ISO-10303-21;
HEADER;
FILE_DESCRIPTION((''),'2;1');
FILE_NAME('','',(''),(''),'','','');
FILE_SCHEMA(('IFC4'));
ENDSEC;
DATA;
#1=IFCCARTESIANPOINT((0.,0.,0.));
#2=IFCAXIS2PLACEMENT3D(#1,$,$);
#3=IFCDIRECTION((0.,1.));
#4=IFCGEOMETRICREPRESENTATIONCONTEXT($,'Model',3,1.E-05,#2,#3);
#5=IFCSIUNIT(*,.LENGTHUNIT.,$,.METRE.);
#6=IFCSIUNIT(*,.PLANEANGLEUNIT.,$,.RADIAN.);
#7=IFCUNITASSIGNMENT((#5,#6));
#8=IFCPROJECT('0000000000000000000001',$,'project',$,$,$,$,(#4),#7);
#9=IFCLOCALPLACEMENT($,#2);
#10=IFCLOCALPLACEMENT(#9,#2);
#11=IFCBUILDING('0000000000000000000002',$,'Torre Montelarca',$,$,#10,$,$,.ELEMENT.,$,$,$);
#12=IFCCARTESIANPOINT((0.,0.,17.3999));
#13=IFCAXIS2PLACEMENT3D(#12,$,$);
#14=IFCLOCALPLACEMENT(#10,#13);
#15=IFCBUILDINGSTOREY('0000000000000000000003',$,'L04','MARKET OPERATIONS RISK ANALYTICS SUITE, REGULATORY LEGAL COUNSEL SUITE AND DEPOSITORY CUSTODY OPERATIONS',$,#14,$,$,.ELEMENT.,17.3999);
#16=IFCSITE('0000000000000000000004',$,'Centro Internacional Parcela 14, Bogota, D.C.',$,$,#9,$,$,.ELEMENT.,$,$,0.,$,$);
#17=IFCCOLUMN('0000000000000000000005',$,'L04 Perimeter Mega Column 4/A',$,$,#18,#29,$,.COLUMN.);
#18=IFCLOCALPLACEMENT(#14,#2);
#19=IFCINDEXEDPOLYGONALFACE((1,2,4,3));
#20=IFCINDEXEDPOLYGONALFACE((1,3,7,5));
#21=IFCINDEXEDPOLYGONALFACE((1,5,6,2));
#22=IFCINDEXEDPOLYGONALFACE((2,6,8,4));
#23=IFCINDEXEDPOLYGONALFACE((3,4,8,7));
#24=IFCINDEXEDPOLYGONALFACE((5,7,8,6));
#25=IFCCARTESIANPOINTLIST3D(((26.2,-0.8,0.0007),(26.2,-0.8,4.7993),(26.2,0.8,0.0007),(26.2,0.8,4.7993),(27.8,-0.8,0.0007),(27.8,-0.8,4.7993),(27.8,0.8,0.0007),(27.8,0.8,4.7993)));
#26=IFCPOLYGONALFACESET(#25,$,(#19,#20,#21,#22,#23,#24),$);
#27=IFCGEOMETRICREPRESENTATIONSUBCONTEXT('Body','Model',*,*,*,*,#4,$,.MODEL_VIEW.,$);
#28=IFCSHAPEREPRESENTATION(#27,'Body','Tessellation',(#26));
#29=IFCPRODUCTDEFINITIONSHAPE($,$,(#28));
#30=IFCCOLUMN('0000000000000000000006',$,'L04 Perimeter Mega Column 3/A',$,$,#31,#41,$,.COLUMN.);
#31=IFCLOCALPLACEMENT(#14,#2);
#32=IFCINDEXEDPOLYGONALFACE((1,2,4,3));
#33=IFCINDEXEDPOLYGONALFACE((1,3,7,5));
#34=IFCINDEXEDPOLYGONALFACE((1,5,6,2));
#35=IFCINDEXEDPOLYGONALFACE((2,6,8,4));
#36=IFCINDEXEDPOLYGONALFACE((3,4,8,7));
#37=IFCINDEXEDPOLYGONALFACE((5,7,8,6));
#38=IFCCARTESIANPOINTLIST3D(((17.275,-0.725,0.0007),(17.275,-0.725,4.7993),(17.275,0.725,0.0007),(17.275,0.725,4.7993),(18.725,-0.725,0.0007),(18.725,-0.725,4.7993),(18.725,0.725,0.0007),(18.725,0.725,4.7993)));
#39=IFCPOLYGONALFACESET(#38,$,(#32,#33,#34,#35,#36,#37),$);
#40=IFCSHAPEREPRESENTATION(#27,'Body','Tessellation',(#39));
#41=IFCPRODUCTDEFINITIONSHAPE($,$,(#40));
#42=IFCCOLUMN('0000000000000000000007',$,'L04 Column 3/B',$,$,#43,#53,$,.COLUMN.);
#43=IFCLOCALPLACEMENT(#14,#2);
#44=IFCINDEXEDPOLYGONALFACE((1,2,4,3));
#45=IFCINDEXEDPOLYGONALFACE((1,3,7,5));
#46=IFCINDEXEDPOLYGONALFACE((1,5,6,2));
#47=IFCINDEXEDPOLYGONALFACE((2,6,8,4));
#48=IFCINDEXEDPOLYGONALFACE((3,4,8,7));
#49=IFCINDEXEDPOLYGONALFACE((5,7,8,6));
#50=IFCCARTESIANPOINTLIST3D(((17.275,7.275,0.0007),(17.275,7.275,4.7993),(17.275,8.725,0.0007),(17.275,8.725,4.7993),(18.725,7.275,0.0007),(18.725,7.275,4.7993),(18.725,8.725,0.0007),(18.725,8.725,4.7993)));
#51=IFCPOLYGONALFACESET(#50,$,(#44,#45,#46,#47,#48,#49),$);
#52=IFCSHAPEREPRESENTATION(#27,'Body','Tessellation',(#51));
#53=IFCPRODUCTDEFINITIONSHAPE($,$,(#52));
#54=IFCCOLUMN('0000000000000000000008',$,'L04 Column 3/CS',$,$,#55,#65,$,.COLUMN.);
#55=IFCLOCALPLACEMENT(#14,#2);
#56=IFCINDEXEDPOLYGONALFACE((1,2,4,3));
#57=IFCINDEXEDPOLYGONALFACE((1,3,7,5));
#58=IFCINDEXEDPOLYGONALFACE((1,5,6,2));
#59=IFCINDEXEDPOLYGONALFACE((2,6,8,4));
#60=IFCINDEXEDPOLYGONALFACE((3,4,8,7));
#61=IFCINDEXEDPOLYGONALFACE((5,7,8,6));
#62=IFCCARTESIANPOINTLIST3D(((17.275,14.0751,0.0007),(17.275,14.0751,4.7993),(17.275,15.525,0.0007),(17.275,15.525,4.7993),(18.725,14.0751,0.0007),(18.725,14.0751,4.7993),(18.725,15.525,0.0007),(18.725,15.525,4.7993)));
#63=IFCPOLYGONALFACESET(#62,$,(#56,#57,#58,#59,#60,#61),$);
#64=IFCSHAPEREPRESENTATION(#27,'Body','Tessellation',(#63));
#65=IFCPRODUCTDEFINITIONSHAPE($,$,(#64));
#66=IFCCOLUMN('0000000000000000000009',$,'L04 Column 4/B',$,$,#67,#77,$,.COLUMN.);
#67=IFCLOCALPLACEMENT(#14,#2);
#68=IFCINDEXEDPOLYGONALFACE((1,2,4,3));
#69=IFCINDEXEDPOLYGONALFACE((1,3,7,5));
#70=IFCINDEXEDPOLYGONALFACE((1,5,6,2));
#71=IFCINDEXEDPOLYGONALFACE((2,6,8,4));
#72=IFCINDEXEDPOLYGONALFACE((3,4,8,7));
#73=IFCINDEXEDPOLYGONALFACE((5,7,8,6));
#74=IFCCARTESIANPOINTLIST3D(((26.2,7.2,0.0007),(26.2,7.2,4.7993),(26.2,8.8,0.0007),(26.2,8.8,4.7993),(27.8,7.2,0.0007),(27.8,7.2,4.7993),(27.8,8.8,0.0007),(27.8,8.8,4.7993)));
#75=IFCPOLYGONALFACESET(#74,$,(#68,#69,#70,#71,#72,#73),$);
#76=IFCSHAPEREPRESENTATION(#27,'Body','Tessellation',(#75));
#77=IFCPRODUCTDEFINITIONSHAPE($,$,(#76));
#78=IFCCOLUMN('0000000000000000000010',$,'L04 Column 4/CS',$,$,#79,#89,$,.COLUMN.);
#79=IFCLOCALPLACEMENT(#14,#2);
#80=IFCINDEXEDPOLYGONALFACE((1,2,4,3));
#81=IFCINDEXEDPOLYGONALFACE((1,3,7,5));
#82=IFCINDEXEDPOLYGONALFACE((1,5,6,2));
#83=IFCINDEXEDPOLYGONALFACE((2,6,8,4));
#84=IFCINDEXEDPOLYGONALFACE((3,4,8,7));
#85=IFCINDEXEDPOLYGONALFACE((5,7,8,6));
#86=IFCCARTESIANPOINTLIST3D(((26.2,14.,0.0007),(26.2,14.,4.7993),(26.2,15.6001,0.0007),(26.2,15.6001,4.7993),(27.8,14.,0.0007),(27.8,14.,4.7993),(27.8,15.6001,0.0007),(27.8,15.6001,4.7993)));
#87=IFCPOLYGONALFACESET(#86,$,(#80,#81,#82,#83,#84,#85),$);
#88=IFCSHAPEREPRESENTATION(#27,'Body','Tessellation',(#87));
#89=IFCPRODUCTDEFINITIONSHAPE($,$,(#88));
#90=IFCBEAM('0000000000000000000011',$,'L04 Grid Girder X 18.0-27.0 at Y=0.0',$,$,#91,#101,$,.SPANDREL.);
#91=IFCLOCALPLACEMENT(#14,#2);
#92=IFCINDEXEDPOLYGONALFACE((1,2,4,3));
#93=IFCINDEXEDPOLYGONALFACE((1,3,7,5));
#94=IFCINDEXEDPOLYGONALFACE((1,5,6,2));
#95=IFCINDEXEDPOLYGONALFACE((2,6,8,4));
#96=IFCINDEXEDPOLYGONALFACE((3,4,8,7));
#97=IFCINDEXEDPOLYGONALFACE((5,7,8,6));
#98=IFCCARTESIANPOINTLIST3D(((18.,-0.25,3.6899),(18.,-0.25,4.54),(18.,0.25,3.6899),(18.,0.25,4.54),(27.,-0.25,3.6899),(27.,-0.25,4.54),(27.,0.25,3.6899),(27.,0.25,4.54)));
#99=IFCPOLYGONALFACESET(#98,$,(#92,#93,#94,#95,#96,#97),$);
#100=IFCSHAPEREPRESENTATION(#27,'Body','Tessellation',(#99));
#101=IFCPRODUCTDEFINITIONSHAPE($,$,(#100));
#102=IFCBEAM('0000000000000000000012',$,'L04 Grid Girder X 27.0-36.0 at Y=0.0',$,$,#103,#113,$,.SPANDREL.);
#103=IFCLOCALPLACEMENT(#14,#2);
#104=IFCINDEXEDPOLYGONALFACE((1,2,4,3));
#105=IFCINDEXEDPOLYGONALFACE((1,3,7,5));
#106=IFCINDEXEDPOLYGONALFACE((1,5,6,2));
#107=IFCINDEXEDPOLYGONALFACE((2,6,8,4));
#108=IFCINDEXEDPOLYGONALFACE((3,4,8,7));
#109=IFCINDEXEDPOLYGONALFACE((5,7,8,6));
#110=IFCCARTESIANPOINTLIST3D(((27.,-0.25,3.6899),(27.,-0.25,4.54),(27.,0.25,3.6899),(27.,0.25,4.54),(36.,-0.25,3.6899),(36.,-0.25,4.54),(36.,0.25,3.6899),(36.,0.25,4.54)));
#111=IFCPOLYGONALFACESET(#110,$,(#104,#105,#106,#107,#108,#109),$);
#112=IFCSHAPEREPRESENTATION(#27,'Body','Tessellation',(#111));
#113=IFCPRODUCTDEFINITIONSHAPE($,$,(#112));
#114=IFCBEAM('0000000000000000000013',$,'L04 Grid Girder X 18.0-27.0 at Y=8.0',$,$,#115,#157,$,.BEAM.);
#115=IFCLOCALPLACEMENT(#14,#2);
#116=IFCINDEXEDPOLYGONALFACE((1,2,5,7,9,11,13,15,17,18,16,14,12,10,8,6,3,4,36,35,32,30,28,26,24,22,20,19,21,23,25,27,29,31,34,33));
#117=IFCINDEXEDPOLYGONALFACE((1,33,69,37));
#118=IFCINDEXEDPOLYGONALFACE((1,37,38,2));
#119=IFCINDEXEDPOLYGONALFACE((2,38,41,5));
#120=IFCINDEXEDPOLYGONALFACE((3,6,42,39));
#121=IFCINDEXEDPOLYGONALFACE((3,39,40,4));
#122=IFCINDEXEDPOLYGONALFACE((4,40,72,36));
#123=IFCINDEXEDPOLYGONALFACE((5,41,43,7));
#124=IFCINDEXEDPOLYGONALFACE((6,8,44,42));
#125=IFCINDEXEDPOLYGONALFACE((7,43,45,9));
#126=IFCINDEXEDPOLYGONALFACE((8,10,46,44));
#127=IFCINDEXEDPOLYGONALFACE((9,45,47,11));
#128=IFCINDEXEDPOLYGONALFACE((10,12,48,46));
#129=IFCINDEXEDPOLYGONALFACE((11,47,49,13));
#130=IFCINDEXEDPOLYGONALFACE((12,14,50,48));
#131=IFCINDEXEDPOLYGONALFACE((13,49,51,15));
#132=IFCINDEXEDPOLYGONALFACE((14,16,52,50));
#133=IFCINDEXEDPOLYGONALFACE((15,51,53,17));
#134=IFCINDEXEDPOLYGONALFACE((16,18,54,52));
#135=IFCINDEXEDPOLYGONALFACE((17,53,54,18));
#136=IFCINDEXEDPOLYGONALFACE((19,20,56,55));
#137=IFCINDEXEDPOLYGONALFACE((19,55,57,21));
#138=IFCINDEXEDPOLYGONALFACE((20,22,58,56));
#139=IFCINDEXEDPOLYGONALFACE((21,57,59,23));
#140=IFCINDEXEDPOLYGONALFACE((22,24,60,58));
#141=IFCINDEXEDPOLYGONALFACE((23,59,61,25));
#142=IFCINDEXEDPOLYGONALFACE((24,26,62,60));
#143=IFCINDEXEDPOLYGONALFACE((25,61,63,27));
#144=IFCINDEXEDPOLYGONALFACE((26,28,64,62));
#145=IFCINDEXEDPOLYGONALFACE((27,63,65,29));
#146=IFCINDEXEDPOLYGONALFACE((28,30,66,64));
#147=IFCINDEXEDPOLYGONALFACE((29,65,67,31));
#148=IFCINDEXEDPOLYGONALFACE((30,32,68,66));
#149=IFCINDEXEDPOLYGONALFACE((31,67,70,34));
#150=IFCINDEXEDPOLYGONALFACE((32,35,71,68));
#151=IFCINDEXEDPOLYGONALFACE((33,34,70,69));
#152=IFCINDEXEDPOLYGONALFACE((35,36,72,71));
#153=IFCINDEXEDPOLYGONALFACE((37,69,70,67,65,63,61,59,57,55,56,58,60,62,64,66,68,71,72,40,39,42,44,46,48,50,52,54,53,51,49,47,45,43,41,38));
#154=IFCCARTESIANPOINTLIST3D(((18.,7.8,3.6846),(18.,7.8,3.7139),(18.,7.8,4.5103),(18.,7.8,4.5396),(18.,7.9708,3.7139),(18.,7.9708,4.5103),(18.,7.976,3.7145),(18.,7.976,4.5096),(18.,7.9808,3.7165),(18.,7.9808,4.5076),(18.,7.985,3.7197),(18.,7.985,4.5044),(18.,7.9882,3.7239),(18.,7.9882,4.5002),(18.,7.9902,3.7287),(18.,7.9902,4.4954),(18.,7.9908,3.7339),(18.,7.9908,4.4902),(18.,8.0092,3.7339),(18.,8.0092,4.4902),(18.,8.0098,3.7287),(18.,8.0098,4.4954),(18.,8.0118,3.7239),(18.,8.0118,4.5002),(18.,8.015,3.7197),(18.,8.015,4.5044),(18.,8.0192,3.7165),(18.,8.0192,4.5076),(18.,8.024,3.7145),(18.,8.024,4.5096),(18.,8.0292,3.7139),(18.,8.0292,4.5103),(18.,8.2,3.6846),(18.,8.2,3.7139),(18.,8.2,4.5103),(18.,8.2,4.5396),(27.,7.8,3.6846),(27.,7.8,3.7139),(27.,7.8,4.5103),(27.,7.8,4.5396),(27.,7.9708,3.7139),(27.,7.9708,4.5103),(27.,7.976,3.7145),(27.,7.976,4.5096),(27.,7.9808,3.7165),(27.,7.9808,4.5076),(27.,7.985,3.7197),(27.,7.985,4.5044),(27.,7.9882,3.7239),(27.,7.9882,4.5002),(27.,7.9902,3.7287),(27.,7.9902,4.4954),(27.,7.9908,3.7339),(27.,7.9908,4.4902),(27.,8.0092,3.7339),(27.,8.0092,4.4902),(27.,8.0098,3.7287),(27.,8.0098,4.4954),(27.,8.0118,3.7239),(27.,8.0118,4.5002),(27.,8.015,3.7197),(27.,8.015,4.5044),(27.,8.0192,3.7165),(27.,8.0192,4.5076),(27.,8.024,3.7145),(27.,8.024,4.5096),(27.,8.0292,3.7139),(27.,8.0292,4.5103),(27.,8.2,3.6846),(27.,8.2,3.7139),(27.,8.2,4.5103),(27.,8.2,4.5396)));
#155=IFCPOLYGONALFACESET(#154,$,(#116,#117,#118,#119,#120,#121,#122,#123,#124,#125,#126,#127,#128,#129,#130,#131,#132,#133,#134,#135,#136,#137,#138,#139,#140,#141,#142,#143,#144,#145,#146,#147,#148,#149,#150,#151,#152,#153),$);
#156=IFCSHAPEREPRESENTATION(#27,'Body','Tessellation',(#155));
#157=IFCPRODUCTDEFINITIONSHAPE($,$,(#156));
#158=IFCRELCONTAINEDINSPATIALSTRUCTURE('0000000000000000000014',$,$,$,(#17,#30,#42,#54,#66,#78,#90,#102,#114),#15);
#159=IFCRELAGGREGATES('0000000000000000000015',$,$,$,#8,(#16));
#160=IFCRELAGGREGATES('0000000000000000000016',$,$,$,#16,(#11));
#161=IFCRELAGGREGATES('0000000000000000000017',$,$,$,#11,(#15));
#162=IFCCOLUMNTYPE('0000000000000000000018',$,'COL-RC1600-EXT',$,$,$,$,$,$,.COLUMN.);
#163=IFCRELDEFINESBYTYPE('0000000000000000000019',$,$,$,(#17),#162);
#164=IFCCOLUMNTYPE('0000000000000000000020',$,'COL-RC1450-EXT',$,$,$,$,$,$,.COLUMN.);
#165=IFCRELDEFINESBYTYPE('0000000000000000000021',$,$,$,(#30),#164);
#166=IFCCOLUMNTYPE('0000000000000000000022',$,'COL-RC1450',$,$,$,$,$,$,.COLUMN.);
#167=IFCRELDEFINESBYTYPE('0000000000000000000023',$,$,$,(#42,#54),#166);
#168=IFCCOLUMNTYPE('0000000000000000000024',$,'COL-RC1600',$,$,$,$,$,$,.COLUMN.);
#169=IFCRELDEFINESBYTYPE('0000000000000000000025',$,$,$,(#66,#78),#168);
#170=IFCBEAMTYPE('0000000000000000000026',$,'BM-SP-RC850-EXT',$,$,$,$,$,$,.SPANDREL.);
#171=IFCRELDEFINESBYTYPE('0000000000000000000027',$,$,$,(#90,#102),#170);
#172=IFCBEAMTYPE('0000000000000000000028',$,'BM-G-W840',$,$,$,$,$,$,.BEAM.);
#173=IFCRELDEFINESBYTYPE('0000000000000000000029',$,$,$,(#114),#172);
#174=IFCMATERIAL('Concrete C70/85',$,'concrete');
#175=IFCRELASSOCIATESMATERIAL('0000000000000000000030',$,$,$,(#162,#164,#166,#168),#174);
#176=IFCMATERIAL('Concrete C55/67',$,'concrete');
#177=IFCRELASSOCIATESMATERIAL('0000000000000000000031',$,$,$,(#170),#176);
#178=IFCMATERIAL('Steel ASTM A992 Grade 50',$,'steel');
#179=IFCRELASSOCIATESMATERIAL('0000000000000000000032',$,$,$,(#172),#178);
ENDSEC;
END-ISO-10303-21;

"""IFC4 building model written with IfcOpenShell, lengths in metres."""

from ifc_helpers import new_model, si_unit, direction, frame, origin, origin_2d, place, context, subcontext, project, spatial, rectangle, i_section, extrude, source, transform, mapped, material, material_profile, profile_set, type_object, element, save


model = new_model("IFC4")

# Units and contexts
model_context = context("Model", 3, precision=1e-05, world=origin(), true_north=direction((0.0, 1.0)))
body_context = subcontext(model_context, "Body", "Model", "MODEL_VIEW")
ifc_project = project(units=[si_unit("LENGTHUNIT", "METRE"), si_unit("PLANEANGLEUNIT", "RADIAN")], contexts=[model_context])

# Site, building, storey
site_placement = place(None, origin())
site = spatial("IfcSite", under=ifc_project, at=site_placement, Name="Centro Internacional Parcela 14, Bogota, D.C.", CompositionType="ELEMENT", RefElevation=0.0)
building_placement = place(site_placement, origin())
building = spatial("IfcBuilding", under=site, at=building_placement, Name="Torre Montelarca", CompositionType="ELEMENT")
storey_placement = place(building_placement, frame((0.0, 0.0, 17.3999)))
storey = spatial("IfcBuildingStorey", under=building, at=storey_placement, Name="L04", Description="MARKET OPERATIONS RISK ANALYTICS SUITE, REGULATORY LEGAL COUNSEL SUITE AND DEPOSITORY CUSTODY OPERATIONS", CompositionType="ELEMENT", Elevation=17.3999)

# Columns
ifc_material_1 = material(Name="Concrete C70/85", Category="concrete")
ifc_material_profile_1 = material_profile(ifc_material_1, rectangle(XDim=1.6001, YDim=1.6001, at=origin_2d()), Name="RC1600X1600", Category="concrete")
ifc_profile_set_1 = profile_set([ifc_material_profile_1], Name="Concrete C70/85")
column_type_1 = type_object("IfcColumnType", Name="COL-RC1600-EXT", PredefinedType="COLUMN", material=ifc_profile_set_1)
shared_shape_1 = source(origin(), body_context, "Body", "SweptSolid", [
    extrude(rectangle(XDim=1.6001, YDim=1.6001, at=origin_2d()), origin(), (0.0, 0.0, 1.0), 4.7986),
])
column_1_placement = place(storey_placement, frame((27.0, 0.0, 0.0007), z_axis=(0.0, 0.0, 1.0), x_axis=(1.0, 0.0, 0.0)))
element("IfcColumn", 1, at=column_1_placement, inside=storey, type_object=column_type_1, Name="L04 Perimeter Mega Column 4/A", PredefinedType="COLUMN", context=body_context, shape_type="MappedRepresentation", body=[
    mapped(shared_shape_1, transform((0.0, 0.0, 0.0), scale=1.0)),
])
ifc_material_profile_2 = material_profile(ifc_material_1, rectangle(XDim=1.45, YDim=1.45, at=origin_2d()), Name="RC1450X1450", Category="concrete")
ifc_profile_set_2 = profile_set([ifc_material_profile_2], Name="Concrete C70/85")
column_type_2 = type_object("IfcColumnType", Name="COL-RC1450-EXT", PredefinedType="COLUMN", material=ifc_profile_set_2)
shared_shape_2 = source(origin(), body_context, "Body", "SweptSolid", [
    extrude(rectangle(XDim=1.45, YDim=1.45, at=origin_2d()), origin(), (0.0, 0.0, 1.0), 4.7986),
])
column_2_placement = place(storey_placement, frame((18.0, 0.0, 0.0007), z_axis=(0.0, 0.0, 1.0), x_axis=(1.0, 0.0, 0.0)))
element("IfcColumn", 2, at=column_2_placement, inside=storey, type_object=column_type_2, Name="L04 Perimeter Mega Column 3/A", PredefinedType="COLUMN", context=body_context, shape_type="MappedRepresentation", body=[
    mapped(shared_shape_2, transform((0.0, 0.0, 0.0), scale=1.0)),
])
ifc_material_profile_3 = material_profile(ifc_material_1, rectangle(XDim=1.45, YDim=1.45, at=origin_2d()), Name="RC1450X1450", Category="concrete")
ifc_profile_set_3 = profile_set([ifc_material_profile_3], Name="Concrete C70/85")
column_type_3 = type_object("IfcColumnType", Name="COL-RC1450", PredefinedType="COLUMN", material=ifc_profile_set_3)
shared_shape_3 = source(origin(), body_context, "Body", "SweptSolid", [
    extrude(rectangle(XDim=1.45, YDim=1.45, at=origin_2d()), origin(), (0.0, 0.0, 1.0), 4.7986),
])
for number, where, z_axis, x_axis, name in (
    (3, (18.0, 8.0, 0.0007), (0.0, 0.0, 1.0), (1.0, 0.0, 0.0), "L04 Column 3/B"),
    (4, (18.0, 14.8, 0.0007), (0.0, 0.0, 1.0), (1.0, 0.0, 0.0), "L04 Column 3/CS"),
):
    element("IfcColumn", number, at=place(storey_placement, frame(where, z_axis=z_axis, x_axis=x_axis)), inside=storey, type_object=column_type_3, Name=name, PredefinedType="COLUMN", context=body_context, shape_type="MappedRepresentation", body=[
        mapped(shared_shape_3, transform((0.0, 0.0, 0.0), scale=1.0)),
    ])
ifc_material_profile_4 = material_profile(ifc_material_1, rectangle(XDim=1.6001, YDim=1.6001, at=origin_2d()), Name="RC1600X1600", Category="concrete")
ifc_profile_set_4 = profile_set([ifc_material_profile_4], Name="Concrete C70/85")
column_type_4 = type_object("IfcColumnType", Name="COL-RC1600", PredefinedType="COLUMN", material=ifc_profile_set_4)
shared_shape_4 = source(origin(), body_context, "Body", "SweptSolid", [
    extrude(rectangle(XDim=1.6001, YDim=1.6001, at=origin_2d()), origin(), (0.0, 0.0, 1.0), 4.7986),
])
for number, where, z_axis, x_axis, name in (
    (5, (27.0, 8.0, 0.0007), (0.0, 0.0, 1.0), (1.0, 0.0, 0.0), "L04 Column 4/B"),
    (6, (27.0, 14.8, 0.0007), (0.0, 0.0, 1.0), (1.0, 0.0, 0.0), "L04 Column 4/CS"),
):
    element("IfcColumn", number, at=place(storey_placement, frame(where, z_axis=z_axis, x_axis=x_axis)), inside=storey, type_object=column_type_4, Name=name, PredefinedType="COLUMN", context=body_context, shape_type="MappedRepresentation", body=[
        mapped(shared_shape_4, transform((0.0, 0.0, 0.0), scale=1.0)),
    ])

# Beams
ifc_material_2 = material(Name="Concrete C55/67", Category="concrete")
ifc_material_profile_5 = material_profile(ifc_material_2, rectangle(XDim=0.5, YDim=0.8501, at=origin_2d()), Name="RCB500X850", Category="concrete")
ifc_profile_set_5 = profile_set([ifc_material_profile_5], Name="Concrete C55/67")
beam_type_1 = type_object("IfcBeamType", Name="BM-SP-RC850-EXT", PredefinedType="SPANDREL", material=ifc_profile_set_5)
shared_shape_5 = source(origin(), body_context, "Body", "SweptSolid", [
    extrude(rectangle(XDim=0.5, YDim=0.8501, at=origin_2d()), origin(), (0.0, 0.0, 1.0), 9.0),
])
for number, where, z_axis, x_axis, name in (
    (7, (18.0, 0.0, 4.115), (1.0, 0.0, 0.0), (0.0, 1.0, 0.0), "L04 Grid Girder X 18.0-27.0 at Y=0.0"),
    (8, (27.0, 0.0, 4.115), (1.0, 0.0, 0.0), (0.0, 1.0, 0.0), "L04 Grid Girder X 27.0-36.0 at Y=0.0"),
):
    element("IfcBeam", number, at=place(storey_placement, frame(where, z_axis=z_axis, x_axis=x_axis)), inside=storey, type_object=beam_type_1, Name=name, PredefinedType="SPANDREL", context=body_context, shape_type="MappedRepresentation", body=[
        mapped(shared_shape_5, transform((0.0, 0.0, 0.0), scale=1.0)),
    ])
ifc_material_3 = material(Name="Steel ASTM A992 Grade 50", Category="steel")
ifc_material_profile_6 = material_profile(ifc_material_3, i_section(OverallWidth=0.3999, OverallDepth=0.855, WebThickness=0.0183, FlangeThickness=0.0293, FilletRadius=0.02, at=origin_2d()), Name="W840X299", Category="steel")
ifc_profile_set_6 = profile_set([ifc_material_profile_6], Name="Steel ASTM A992 Grade 50")
beam_type_2 = type_object("IfcBeamType", Name="BM-G-W840", PredefinedType="BEAM", material=ifc_profile_set_6)
shared_shape_6 = source(origin(), body_context, "Body", "SweptSolid", [
    extrude(i_section(OverallWidth=0.3999, OverallDepth=0.855, WebThickness=0.0183, FlangeThickness=0.0293, FilletRadius=0.02, at=origin_2d()), origin(), (0.0, 0.0, 1.0), 9.0),
])
for number, where, z_axis, x_axis, name in (
    (9, (18.0, 8.0, 4.1121), (1.0, 0.0, 0.0), (0.0, 1.0, 0.0), "L04 Grid Girder X 18.0-27.0 at Y=8.0"),
):
    element("IfcBeam", number, at=place(storey_placement, frame(where, z_axis=z_axis, x_axis=x_axis)), inside=storey, type_object=beam_type_2, Name=name, PredefinedType="BEAM", context=body_context, shape_type="MappedRepresentation", body=[
        mapped(shared_shape_6, transform((0.0, 0.0, 0.0), scale=1.0)),
    ])

save(model, "model.ifc")
